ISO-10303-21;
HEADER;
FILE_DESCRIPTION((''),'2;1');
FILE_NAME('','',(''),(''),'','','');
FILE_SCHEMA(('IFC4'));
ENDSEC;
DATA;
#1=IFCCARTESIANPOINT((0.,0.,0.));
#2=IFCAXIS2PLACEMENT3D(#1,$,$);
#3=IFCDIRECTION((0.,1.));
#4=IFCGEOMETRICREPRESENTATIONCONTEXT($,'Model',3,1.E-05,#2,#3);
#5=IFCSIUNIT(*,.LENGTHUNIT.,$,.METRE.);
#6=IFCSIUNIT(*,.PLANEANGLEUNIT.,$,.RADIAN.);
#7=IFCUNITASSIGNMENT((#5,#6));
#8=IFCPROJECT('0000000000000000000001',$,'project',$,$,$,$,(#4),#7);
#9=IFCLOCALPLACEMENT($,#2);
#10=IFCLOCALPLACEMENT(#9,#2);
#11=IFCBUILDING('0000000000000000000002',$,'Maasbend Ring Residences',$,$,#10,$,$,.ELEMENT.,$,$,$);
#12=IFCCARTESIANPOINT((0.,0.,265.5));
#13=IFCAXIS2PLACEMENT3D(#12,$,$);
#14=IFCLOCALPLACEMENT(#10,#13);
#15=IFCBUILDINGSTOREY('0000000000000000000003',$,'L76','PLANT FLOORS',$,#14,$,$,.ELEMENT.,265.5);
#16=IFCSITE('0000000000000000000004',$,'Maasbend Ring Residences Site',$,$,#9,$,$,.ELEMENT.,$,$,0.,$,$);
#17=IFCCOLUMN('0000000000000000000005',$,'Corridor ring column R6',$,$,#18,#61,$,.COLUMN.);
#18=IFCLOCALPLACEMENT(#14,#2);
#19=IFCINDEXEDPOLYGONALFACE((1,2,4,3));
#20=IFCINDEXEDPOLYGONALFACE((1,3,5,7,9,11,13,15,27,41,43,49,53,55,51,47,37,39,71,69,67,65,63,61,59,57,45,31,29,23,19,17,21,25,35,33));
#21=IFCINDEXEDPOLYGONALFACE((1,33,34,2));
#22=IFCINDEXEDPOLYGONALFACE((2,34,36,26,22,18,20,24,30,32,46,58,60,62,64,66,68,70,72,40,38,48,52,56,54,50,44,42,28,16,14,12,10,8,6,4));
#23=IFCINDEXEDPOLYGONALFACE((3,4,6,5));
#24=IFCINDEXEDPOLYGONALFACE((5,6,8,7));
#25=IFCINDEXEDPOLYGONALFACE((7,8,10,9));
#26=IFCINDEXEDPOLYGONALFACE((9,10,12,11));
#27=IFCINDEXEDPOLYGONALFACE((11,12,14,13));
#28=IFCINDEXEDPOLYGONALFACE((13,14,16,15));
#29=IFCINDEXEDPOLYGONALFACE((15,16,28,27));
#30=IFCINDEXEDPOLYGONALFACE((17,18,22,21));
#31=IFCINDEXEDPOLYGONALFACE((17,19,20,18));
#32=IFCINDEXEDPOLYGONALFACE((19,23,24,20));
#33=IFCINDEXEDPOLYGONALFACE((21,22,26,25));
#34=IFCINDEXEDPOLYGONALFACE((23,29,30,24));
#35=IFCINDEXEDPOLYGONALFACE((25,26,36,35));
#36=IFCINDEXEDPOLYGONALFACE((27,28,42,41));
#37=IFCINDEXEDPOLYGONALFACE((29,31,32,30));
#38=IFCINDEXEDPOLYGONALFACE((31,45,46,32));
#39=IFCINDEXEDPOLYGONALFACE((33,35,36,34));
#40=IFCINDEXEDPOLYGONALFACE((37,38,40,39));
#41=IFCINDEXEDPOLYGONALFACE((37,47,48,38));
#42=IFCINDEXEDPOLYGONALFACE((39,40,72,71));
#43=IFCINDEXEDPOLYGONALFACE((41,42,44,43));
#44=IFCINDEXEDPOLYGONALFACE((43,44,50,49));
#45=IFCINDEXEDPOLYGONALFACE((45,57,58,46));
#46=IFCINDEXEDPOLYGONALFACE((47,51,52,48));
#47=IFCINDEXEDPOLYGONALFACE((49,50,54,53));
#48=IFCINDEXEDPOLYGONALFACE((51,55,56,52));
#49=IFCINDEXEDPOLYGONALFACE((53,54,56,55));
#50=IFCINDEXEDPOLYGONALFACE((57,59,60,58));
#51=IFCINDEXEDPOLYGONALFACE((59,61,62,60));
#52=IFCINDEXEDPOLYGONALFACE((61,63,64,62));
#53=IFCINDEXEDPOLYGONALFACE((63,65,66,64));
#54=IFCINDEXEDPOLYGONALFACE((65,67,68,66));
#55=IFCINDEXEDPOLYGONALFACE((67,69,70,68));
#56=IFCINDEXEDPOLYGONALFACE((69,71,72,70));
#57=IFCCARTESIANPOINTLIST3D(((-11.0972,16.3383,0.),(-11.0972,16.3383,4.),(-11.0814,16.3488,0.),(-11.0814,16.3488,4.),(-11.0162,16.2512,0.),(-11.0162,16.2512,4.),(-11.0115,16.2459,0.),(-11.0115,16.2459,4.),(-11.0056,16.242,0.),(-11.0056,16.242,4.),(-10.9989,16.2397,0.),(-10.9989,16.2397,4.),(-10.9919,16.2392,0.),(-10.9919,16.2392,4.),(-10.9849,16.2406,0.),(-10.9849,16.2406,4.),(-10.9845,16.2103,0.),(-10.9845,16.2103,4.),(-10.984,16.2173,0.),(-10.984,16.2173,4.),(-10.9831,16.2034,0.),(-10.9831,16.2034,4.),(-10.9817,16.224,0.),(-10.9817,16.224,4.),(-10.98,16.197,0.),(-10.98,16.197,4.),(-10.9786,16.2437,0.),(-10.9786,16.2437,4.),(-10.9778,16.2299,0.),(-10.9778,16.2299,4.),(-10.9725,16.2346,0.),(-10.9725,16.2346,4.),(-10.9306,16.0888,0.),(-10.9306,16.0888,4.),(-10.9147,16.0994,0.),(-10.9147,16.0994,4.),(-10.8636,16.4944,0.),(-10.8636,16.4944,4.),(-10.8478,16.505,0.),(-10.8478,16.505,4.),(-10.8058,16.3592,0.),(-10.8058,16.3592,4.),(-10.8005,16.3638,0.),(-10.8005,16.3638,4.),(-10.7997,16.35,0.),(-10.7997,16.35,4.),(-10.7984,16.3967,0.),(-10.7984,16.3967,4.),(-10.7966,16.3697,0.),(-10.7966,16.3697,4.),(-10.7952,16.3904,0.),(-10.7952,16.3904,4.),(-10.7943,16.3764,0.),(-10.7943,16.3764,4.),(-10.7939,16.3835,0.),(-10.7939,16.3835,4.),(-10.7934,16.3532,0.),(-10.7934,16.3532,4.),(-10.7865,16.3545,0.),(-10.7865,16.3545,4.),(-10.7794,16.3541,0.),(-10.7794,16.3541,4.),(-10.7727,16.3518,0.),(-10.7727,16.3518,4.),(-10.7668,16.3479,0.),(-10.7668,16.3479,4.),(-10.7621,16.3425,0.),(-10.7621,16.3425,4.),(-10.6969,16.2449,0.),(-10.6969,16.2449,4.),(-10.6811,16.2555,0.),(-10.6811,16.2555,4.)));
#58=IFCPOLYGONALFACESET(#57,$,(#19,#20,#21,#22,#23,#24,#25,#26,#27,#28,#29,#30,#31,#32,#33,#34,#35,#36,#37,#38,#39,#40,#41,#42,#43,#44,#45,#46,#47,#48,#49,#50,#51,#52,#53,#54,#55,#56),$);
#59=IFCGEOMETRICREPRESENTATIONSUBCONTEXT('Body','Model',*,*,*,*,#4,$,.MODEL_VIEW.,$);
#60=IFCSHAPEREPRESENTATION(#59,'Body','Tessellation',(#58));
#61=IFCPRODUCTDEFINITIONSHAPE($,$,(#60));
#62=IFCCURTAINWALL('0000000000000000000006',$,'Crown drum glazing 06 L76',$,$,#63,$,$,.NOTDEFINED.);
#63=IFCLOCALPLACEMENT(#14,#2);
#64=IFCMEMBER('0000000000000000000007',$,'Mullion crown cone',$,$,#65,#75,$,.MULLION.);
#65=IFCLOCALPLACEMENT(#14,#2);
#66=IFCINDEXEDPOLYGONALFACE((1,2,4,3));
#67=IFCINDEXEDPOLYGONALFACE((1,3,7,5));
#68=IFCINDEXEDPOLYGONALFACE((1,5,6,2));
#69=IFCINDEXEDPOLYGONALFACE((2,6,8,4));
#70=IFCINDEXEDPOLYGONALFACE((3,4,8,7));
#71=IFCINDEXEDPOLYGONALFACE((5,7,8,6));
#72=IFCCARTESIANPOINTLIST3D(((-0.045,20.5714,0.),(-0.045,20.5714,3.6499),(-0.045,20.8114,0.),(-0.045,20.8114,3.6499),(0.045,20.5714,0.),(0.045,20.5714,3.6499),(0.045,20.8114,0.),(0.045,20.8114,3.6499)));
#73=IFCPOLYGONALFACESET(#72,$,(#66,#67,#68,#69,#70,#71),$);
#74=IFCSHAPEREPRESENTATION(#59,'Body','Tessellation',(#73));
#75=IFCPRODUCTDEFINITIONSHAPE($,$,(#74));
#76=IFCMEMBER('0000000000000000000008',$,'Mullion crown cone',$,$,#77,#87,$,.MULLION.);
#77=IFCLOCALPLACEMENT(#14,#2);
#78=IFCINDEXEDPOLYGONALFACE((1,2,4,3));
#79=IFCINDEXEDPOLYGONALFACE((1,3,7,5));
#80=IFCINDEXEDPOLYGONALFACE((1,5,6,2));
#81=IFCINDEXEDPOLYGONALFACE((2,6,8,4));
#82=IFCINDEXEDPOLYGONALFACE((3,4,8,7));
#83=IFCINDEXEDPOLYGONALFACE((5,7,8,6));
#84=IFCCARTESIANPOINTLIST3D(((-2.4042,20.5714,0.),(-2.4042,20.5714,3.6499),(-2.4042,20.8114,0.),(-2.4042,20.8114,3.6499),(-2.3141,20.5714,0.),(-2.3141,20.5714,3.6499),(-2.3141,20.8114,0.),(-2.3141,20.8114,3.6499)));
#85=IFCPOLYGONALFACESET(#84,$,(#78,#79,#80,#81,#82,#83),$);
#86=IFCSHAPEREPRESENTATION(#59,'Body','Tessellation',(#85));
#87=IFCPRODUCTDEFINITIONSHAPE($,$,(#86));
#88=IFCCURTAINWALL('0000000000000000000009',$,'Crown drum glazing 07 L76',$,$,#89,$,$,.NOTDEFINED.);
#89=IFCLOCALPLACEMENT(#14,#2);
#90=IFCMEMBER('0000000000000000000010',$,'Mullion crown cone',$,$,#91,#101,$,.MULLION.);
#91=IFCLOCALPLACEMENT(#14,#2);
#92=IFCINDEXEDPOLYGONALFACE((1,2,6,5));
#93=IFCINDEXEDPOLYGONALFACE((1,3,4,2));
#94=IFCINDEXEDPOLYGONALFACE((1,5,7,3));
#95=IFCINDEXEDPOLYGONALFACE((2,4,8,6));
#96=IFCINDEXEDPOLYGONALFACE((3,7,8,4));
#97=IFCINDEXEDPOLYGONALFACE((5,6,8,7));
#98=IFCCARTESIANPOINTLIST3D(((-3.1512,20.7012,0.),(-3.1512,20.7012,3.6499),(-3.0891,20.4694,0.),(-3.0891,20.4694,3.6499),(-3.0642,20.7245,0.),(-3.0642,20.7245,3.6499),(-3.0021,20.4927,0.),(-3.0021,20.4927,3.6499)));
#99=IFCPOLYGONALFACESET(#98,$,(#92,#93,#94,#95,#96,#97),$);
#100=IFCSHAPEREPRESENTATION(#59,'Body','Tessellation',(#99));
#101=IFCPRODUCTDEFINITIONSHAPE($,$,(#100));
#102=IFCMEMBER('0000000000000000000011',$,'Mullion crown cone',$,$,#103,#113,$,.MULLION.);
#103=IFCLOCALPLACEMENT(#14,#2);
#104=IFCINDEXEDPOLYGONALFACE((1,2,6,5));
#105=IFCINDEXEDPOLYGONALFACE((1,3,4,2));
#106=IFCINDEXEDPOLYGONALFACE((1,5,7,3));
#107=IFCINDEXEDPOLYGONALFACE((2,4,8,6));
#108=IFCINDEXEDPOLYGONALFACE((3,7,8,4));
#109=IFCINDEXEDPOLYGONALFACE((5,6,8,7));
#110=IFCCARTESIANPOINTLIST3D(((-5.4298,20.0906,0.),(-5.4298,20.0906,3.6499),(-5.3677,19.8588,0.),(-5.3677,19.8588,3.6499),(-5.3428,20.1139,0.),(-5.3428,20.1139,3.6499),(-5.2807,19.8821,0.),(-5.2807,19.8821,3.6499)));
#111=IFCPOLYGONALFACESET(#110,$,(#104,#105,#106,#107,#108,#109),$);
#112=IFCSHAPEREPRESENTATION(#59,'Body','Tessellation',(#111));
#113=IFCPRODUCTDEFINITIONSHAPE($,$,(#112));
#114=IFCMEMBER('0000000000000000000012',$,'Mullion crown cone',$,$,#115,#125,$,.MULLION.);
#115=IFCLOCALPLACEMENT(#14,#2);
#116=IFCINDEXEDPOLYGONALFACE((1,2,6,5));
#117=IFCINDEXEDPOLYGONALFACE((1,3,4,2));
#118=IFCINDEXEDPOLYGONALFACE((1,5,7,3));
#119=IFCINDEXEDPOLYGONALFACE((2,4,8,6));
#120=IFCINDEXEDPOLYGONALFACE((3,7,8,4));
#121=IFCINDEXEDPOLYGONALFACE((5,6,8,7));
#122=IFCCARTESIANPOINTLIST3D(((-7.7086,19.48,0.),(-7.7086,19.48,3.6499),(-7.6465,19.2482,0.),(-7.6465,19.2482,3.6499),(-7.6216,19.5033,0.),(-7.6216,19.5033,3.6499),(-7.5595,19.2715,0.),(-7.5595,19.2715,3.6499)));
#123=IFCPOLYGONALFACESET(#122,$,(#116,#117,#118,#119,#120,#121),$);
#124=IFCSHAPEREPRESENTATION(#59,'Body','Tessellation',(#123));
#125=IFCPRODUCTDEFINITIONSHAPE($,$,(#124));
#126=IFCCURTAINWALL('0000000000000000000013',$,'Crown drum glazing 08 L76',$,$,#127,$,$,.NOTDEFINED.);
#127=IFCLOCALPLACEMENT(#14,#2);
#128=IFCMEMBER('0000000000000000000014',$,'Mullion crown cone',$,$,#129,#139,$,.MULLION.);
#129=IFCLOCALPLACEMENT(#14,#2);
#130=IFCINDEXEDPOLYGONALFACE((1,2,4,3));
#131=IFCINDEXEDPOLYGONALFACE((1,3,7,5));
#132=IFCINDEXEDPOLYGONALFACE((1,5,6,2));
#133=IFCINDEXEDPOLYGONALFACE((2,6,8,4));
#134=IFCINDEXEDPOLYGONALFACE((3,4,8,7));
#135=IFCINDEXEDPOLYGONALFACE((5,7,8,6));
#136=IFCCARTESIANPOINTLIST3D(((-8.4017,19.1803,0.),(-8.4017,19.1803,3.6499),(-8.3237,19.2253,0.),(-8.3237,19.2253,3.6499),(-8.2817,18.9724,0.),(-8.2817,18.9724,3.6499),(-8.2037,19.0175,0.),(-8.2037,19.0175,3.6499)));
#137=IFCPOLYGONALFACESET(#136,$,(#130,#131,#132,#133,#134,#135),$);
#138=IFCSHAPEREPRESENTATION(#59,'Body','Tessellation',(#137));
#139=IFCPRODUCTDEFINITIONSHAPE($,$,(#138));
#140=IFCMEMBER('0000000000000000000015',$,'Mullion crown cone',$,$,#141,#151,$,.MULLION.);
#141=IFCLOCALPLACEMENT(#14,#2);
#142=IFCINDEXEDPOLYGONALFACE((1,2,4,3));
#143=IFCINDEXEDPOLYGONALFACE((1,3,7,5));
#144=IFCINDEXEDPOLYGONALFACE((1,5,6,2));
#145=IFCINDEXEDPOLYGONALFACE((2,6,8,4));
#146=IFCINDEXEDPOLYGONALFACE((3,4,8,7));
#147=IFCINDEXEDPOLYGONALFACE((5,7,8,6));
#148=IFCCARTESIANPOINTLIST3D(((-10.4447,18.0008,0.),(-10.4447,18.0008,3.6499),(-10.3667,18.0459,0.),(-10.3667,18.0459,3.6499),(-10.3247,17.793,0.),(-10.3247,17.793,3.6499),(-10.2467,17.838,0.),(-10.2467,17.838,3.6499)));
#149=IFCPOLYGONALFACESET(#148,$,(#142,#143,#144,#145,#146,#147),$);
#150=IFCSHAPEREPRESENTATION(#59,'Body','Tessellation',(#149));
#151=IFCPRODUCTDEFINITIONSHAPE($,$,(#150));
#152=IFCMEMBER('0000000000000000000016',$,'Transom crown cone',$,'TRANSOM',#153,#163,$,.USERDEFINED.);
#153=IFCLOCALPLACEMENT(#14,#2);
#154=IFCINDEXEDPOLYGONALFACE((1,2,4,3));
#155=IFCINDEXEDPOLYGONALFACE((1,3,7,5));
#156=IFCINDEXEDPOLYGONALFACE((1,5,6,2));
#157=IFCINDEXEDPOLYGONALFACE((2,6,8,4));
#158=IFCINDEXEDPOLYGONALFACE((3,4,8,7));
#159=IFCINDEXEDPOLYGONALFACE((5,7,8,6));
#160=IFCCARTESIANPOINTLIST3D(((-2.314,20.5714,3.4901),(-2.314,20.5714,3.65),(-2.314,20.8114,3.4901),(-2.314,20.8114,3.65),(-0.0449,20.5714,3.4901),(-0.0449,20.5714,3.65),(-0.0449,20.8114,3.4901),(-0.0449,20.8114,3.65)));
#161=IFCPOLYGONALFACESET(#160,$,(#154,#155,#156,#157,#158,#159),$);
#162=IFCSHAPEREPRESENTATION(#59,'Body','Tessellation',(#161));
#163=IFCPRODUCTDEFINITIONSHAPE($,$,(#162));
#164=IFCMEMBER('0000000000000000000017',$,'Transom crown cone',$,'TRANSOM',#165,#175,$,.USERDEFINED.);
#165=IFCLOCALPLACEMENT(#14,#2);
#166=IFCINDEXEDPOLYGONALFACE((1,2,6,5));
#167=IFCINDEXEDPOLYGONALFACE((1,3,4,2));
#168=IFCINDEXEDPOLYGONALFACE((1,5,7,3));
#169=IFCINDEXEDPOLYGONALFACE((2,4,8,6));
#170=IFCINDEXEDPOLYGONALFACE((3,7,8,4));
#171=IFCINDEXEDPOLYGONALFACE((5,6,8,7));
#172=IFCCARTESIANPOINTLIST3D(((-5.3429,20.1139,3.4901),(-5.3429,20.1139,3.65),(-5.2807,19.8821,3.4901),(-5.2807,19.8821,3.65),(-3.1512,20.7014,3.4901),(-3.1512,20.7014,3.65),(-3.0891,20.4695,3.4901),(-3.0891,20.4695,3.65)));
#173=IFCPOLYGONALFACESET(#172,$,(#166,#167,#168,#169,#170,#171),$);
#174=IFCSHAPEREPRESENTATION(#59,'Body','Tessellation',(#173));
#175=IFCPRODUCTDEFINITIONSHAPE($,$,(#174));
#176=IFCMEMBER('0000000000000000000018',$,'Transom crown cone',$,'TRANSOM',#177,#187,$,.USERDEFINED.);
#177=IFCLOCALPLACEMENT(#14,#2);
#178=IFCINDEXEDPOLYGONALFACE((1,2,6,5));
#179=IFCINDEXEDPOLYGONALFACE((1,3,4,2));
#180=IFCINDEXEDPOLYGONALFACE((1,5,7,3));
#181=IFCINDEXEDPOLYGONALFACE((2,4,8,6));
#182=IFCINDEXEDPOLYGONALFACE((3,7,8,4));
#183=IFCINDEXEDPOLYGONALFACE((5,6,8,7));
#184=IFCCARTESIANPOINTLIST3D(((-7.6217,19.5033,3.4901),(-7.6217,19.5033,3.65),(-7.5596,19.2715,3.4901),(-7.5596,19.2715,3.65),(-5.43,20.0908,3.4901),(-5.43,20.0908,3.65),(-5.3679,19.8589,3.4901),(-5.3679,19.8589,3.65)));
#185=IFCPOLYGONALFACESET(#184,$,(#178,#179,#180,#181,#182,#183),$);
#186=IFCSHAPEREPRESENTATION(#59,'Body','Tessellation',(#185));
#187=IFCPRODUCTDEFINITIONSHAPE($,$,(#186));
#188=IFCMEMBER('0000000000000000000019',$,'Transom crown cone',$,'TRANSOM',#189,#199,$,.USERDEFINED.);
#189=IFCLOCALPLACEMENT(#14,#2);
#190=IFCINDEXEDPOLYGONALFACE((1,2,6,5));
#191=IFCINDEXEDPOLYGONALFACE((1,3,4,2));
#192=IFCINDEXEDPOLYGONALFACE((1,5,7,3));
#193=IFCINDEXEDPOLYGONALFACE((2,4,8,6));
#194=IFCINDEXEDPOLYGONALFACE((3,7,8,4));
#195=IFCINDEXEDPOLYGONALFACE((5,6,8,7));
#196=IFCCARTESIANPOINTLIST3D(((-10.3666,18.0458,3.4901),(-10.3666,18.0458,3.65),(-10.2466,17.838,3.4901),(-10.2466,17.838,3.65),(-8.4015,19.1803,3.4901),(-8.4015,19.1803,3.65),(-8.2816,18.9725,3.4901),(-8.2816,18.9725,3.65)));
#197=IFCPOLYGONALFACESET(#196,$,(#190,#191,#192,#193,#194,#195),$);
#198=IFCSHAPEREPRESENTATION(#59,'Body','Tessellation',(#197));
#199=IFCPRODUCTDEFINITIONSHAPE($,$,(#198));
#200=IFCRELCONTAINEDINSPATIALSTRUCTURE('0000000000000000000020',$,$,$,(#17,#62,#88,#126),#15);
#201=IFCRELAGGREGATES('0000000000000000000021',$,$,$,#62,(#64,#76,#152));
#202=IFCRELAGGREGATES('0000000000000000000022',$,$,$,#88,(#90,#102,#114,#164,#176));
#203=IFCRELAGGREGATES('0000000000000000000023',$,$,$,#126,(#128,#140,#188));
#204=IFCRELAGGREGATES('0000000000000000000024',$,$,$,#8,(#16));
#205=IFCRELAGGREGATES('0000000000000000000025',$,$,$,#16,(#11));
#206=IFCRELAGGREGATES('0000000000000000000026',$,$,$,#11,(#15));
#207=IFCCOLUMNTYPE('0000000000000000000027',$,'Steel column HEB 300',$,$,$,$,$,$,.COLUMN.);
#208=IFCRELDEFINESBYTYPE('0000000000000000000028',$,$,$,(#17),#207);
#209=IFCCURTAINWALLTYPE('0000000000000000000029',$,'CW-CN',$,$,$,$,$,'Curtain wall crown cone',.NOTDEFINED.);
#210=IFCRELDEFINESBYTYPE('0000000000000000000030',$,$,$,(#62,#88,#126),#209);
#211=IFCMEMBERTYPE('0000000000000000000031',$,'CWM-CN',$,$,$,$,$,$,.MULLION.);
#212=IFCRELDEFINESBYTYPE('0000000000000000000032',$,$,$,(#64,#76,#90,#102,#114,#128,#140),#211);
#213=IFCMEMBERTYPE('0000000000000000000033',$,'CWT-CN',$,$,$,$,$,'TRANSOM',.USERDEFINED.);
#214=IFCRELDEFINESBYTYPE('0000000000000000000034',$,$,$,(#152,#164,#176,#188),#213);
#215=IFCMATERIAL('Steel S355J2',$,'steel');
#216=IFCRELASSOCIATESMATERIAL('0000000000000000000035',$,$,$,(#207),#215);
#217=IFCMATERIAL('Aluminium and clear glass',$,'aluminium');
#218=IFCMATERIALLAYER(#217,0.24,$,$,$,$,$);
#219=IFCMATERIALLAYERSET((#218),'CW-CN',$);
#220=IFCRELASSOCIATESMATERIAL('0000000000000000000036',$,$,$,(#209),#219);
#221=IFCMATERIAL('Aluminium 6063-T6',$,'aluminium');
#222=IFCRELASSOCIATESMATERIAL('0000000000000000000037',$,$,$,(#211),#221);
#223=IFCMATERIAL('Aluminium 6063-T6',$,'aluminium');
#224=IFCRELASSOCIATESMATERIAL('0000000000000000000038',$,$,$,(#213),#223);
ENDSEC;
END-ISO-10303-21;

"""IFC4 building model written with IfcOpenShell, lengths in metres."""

from ifc_helpers import new_model, si_unit, direction, frame, origin, origin_2d, place, context, subcontext, project, spatial, rectangle, i_section, extrude, material, layer, layer_set, material_profile, profile_set, type_object, element, aggregate, save


model = new_model("IFC4")

# Units and contexts
model_context = context("Model", 3, precision=1e-05, world=origin(), true_north=direction((0.0, 1.0)))
body_context = subcontext(model_context, "Body", "Model", "MODEL_VIEW")
ifc_project = project(units=[si_unit("LENGTHUNIT", "METRE"), si_unit("PLANEANGLEUNIT", "RADIAN")], contexts=[model_context])

# Site, building, storey
site_placement = place(None, origin())
site = spatial("IfcSite", under=ifc_project, at=site_placement, Name="Maasbend Ring Residences Site", CompositionType="ELEMENT", RefElevation=0.0)
building_placement = place(site_placement, origin())
building = spatial("IfcBuilding", under=site, at=building_placement, Name="Maasbend Ring Residences", CompositionType="ELEMENT")
storey_placement = place(building_placement, frame((0.0, 0.0, 265.5)))
storey = spatial("IfcBuildingStorey", under=building, at=storey_placement, Name="L76", Description="PLANT FLOORS", CompositionType="ELEMENT", Elevation=265.5)

# Column
ifc_material_1 = material(Name="Steel S355J2", Category="steel")
ifc_material_profile_1 = material_profile(ifc_material_1, i_section(OverallWidth=0.3, OverallDepth=0.3, WebThickness=0.011, FlangeThickness=0.019, FilletRadius=0.0271, at=origin_2d()), Name="HEB 300")
ifc_profile_set_1 = profile_set([ifc_material_profile_1], Name="Steel S355J2")
column_type_1 = type_object("IfcColumnType", Name="Steel column HEB 300", PredefinedType="COLUMN", material=ifc_profile_set_1)
for number, where, z_axis, x_axis, name in (
    (1, (-10.8892, 16.2969, 0.0), (0.0, 0.0, 1.0), (-0.55557, 0.83147, 0.0), "Corridor ring column R6"),
):
    element("IfcColumn", number, at=place(storey_placement, frame(where, z_axis=z_axis, x_axis=x_axis)), inside=storey, type_object=column_type_1, Name=name, PredefinedType="COLUMN", context=body_context, shape_type="SweptSolid", body=[
        extrude(i_section(OverallWidth=0.3, OverallDepth=0.3, WebThickness=0.011, FlangeThickness=0.019, FilletRadius=0.0271, at=origin_2d()), origin(), (0.0, 0.0, 1.0), 4.0),
    ])

# Curtain walls, members
ifc_material_2 = material(Name="Aluminium and clear glass", Category="aluminium")
ifc_layer_1 = layer(ifc_material_2, 0.24)
ifc_layer_set_1 = layer_set([ifc_layer_1], Name="CW-CN")
curtain_wall_type = type_object("IfcCurtainWallType", Name="CW-CN", ElementType="Curtain wall crown cone", PredefinedType="NOTDEFINED", material=ifc_layer_set_1)
curtain_wall_1_placement = place(storey_placement, origin())
curtain_wall_1 = element("IfcCurtainWall", 2, at=curtain_wall_1_placement, inside=storey, type_object=curtain_wall_type, Name="Crown drum glazing 06 L76", PredefinedType="NOTDEFINED")
ifc_material_3 = material(Name="Aluminium 6063-T6", Category="aluminium")
ifc_material_profile_2 = material_profile(ifc_material_3, rectangle(XDim=0.24, YDim=0.0901, at=origin_2d()), Name="AL 240x90")
ifc_profile_set_2 = profile_set([ifc_material_profile_2], Name="Aluminium 6063-T6")
member_type_1 = type_object("IfcMemberType", Name="CWM-CN", PredefinedType="MULLION", material=ifc_profile_set_2)
member_1_placement = place(storey_placement, frame((0.0, 20.6914, 0.0), z_axis=(0.0, 0.0, 1.0), x_axis=(0.0, -1.0, 0.0)))
member_1 = element("IfcMember", 3, at=member_1_placement, type_object=member_type_1, Name="Mullion crown cone", PredefinedType="MULLION", context=body_context, shape_type="SweptSolid", body=[
    extrude(rectangle(XDim=0.24, YDim=0.0901, at=origin_2d()), origin(), (0.0, 0.0, 1.0), 3.6499),
])
member_2_placement = place(storey_placement, frame((-2.3591, 20.6914, 0.0), z_axis=(0.0, 0.0, 1.0), x_axis=(0.0, -1.0, 0.0)))
member_2 = element("IfcMember", 4, at=member_2_placement, type_object=member_type_1, Name="Mullion crown cone", PredefinedType="MULLION", context=body_context, shape_type="SweptSolid", body=[
    extrude(rectangle(XDim=0.24, YDim=0.0901, at=origin_2d()), origin(), (0.0, 0.0, 1.0), 3.6499),
])
curtain_wall_2_placement = place(storey_placement, origin())
curtain_wall_2 = element("IfcCurtainWall", 5, at=curtain_wall_2_placement, inside=storey, type_object=curtain_wall_type, Name="Crown drum glazing 07 L76", PredefinedType="NOTDEFINED")
member_3_placement = place(storey_placement, frame((-3.0767, 20.5969, 0.0), z_axis=(0.0, 0.0, 1.0), x_axis=(0.258819, -0.965926, 0.0)))
member_3 = element("IfcMember", 6, at=member_3_placement, type_object=member_type_1, Name="Mullion crown cone", PredefinedType="MULLION", context=body_context, shape_type="SweptSolid", body=[
    extrude(rectangle(XDim=0.24, YDim=0.0901, at=origin_2d()), origin(), (0.0, 0.0, 1.0), 3.6499),
])
member_4_placement = place(storey_placement, frame((-5.3552, 19.9863, 0.0), z_axis=(0.0, 0.0, 1.0), x_axis=(0.258819, -0.965926, 0.0)))
member_4 = element("IfcMember", 7, at=member_4_placement, type_object=member_type_1, Name="Mullion crown cone", PredefinedType="MULLION", context=body_context, shape_type="SweptSolid", body=[
    extrude(rectangle(XDim=0.24, YDim=0.0901, at=origin_2d()), origin(), (0.0, 0.0, 1.0), 3.6499),
])
member_5_placement = place(storey_placement, frame((-7.634, 19.3757, 0.0), z_axis=(0.0, 0.0, 1.0), x_axis=(0.258819, -0.965926, 0.0)))
member_5 = element("IfcMember", 8, at=member_5_placement, type_object=member_type_1, Name="Mullion crown cone", PredefinedType="MULLION", context=body_context, shape_type="SweptSolid", body=[
    extrude(rectangle(XDim=0.24, YDim=0.0901, at=origin_2d()), origin(), (0.0, 0.0, 1.0), 3.6499),
])
curtain_wall_3_placement = place(storey_placement, origin())
curtain_wall_3 = element("IfcCurtainWall", 9, at=curtain_wall_3_placement, inside=storey, type_object=curtain_wall_type, Name="Crown drum glazing 08 L76", PredefinedType="NOTDEFINED")
member_6_placement = place(storey_placement, frame((-8.3027, 19.0989, 0.0), z_axis=(0.0, 0.0, 1.0), x_axis=(0.5, -0.866025, 0.0)))
member_6 = element("IfcMember", 10, at=member_6_placement, type_object=member_type_1, Name="Mullion crown cone", PredefinedType="MULLION", context=body_context, shape_type="SweptSolid", body=[
    extrude(rectangle(XDim=0.24, YDim=0.0901, at=origin_2d()), origin(), (0.0, 0.0, 1.0), 3.6499),
])
member_7_placement = place(storey_placement, frame((-10.3457, 17.9194, 0.0), z_axis=(0.0, 0.0, 1.0), x_axis=(0.5, -0.866025, 0.0)))
member_7 = element("IfcMember", 11, at=member_7_placement, type_object=member_type_1, Name="Mullion crown cone", PredefinedType="MULLION", context=body_context, shape_type="SweptSolid", body=[
    extrude(rectangle(XDim=0.24, YDim=0.0901, at=origin_2d()), origin(), (0.0, 0.0, 1.0), 3.6499),
])

# Members
ifc_material_4 = material(Name="Aluminium 6063-T6", Category="aluminium")
ifc_material_profile_3 = material_profile(ifc_material_4, rectangle(XDim=0.24, YDim=0.1599, at=origin_2d()), Name="AL 240x160")
ifc_profile_set_3 = profile_set([ifc_material_profile_3], Name="Aluminium 6063-T6")
member_type_2 = type_object("IfcMemberType", Name="CWT-CN", ElementType="TRANSOM", PredefinedType="USERDEFINED", material=ifc_profile_set_3)
member_8_placement = place(storey_placement, frame((-0.0449, 20.6914, 3.5701), z_axis=(-1.0, 0.0, 0.0), x_axis=(0.0, -1.0, 0.0)))
member_8 = element("IfcMember", 12, at=member_8_placement, type_object=member_type_2, Name="Transom crown cone", ObjectType="TRANSOM", PredefinedType="USERDEFINED", context=body_context, shape_type="SweptSolid", body=[
    extrude(rectangle(XDim=0.24, YDim=0.1599, at=origin_2d()), origin(), (0.0, 0.0, 1.0), 2.269),
])
member_9_placement = place(storey_placement, frame((-3.1201, 20.5854, 3.5701), z_axis=(-0.965909, -0.258881, 0.0), x_axis=(0.258881, -0.965909, 0.0)))
member_9 = element("IfcMember", 13, at=member_9_placement, type_object=member_type_2, Name="Transom crown cone", ObjectType="TRANSOM", PredefinedType="USERDEFINED", context=body_context, shape_type="SweptSolid", body=[
    extrude(rectangle(XDim=0.24, YDim=0.1599, at=origin_2d()), origin(), (0.0, 0.0, 1.0), 2.269),
])
member_10_placement = place(storey_placement, frame((-5.3989, 19.9749, 3.5701), z_axis=(-0.965909, -0.258881, 0.0), x_axis=(0.258881, -0.965909, 0.0)))
member_10 = element("IfcMember", 14, at=member_10_placement, type_object=member_type_2, Name="Transom crown cone", ObjectType="TRANSOM", PredefinedType="USERDEFINED", context=body_context, shape_type="SweptSolid", body=[
    extrude(rectangle(XDim=0.24, YDim=0.1599, at=origin_2d()), origin(), (0.0, 0.0, 1.0), 2.269),
])
member_11_placement = place(storey_placement, frame((-8.3416, 19.0764, 3.5701), z_axis=(-0.86603, -0.499993, 0.0), x_axis=(0.499993, -0.86603, 0.0)))
member_11 = element("IfcMember", 15, at=member_11_placement, type_object=member_type_2, Name="Transom crown cone", ObjectType="TRANSOM", PredefinedType="USERDEFINED", context=body_context, shape_type="SweptSolid", body=[
    extrude(rectangle(XDim=0.24, YDim=0.1599, at=origin_2d()), origin(), (0.0, 0.0, 1.0), 2.269),
])

aggregate(curtain_wall_1, [member_1, member_2, member_8])
aggregate(curtain_wall_2, [member_3, member_4, member_5, member_9, member_10])
aggregate(curtain_wall_3, [member_6, member_7, member_11])

save(model, "model.ifc")
